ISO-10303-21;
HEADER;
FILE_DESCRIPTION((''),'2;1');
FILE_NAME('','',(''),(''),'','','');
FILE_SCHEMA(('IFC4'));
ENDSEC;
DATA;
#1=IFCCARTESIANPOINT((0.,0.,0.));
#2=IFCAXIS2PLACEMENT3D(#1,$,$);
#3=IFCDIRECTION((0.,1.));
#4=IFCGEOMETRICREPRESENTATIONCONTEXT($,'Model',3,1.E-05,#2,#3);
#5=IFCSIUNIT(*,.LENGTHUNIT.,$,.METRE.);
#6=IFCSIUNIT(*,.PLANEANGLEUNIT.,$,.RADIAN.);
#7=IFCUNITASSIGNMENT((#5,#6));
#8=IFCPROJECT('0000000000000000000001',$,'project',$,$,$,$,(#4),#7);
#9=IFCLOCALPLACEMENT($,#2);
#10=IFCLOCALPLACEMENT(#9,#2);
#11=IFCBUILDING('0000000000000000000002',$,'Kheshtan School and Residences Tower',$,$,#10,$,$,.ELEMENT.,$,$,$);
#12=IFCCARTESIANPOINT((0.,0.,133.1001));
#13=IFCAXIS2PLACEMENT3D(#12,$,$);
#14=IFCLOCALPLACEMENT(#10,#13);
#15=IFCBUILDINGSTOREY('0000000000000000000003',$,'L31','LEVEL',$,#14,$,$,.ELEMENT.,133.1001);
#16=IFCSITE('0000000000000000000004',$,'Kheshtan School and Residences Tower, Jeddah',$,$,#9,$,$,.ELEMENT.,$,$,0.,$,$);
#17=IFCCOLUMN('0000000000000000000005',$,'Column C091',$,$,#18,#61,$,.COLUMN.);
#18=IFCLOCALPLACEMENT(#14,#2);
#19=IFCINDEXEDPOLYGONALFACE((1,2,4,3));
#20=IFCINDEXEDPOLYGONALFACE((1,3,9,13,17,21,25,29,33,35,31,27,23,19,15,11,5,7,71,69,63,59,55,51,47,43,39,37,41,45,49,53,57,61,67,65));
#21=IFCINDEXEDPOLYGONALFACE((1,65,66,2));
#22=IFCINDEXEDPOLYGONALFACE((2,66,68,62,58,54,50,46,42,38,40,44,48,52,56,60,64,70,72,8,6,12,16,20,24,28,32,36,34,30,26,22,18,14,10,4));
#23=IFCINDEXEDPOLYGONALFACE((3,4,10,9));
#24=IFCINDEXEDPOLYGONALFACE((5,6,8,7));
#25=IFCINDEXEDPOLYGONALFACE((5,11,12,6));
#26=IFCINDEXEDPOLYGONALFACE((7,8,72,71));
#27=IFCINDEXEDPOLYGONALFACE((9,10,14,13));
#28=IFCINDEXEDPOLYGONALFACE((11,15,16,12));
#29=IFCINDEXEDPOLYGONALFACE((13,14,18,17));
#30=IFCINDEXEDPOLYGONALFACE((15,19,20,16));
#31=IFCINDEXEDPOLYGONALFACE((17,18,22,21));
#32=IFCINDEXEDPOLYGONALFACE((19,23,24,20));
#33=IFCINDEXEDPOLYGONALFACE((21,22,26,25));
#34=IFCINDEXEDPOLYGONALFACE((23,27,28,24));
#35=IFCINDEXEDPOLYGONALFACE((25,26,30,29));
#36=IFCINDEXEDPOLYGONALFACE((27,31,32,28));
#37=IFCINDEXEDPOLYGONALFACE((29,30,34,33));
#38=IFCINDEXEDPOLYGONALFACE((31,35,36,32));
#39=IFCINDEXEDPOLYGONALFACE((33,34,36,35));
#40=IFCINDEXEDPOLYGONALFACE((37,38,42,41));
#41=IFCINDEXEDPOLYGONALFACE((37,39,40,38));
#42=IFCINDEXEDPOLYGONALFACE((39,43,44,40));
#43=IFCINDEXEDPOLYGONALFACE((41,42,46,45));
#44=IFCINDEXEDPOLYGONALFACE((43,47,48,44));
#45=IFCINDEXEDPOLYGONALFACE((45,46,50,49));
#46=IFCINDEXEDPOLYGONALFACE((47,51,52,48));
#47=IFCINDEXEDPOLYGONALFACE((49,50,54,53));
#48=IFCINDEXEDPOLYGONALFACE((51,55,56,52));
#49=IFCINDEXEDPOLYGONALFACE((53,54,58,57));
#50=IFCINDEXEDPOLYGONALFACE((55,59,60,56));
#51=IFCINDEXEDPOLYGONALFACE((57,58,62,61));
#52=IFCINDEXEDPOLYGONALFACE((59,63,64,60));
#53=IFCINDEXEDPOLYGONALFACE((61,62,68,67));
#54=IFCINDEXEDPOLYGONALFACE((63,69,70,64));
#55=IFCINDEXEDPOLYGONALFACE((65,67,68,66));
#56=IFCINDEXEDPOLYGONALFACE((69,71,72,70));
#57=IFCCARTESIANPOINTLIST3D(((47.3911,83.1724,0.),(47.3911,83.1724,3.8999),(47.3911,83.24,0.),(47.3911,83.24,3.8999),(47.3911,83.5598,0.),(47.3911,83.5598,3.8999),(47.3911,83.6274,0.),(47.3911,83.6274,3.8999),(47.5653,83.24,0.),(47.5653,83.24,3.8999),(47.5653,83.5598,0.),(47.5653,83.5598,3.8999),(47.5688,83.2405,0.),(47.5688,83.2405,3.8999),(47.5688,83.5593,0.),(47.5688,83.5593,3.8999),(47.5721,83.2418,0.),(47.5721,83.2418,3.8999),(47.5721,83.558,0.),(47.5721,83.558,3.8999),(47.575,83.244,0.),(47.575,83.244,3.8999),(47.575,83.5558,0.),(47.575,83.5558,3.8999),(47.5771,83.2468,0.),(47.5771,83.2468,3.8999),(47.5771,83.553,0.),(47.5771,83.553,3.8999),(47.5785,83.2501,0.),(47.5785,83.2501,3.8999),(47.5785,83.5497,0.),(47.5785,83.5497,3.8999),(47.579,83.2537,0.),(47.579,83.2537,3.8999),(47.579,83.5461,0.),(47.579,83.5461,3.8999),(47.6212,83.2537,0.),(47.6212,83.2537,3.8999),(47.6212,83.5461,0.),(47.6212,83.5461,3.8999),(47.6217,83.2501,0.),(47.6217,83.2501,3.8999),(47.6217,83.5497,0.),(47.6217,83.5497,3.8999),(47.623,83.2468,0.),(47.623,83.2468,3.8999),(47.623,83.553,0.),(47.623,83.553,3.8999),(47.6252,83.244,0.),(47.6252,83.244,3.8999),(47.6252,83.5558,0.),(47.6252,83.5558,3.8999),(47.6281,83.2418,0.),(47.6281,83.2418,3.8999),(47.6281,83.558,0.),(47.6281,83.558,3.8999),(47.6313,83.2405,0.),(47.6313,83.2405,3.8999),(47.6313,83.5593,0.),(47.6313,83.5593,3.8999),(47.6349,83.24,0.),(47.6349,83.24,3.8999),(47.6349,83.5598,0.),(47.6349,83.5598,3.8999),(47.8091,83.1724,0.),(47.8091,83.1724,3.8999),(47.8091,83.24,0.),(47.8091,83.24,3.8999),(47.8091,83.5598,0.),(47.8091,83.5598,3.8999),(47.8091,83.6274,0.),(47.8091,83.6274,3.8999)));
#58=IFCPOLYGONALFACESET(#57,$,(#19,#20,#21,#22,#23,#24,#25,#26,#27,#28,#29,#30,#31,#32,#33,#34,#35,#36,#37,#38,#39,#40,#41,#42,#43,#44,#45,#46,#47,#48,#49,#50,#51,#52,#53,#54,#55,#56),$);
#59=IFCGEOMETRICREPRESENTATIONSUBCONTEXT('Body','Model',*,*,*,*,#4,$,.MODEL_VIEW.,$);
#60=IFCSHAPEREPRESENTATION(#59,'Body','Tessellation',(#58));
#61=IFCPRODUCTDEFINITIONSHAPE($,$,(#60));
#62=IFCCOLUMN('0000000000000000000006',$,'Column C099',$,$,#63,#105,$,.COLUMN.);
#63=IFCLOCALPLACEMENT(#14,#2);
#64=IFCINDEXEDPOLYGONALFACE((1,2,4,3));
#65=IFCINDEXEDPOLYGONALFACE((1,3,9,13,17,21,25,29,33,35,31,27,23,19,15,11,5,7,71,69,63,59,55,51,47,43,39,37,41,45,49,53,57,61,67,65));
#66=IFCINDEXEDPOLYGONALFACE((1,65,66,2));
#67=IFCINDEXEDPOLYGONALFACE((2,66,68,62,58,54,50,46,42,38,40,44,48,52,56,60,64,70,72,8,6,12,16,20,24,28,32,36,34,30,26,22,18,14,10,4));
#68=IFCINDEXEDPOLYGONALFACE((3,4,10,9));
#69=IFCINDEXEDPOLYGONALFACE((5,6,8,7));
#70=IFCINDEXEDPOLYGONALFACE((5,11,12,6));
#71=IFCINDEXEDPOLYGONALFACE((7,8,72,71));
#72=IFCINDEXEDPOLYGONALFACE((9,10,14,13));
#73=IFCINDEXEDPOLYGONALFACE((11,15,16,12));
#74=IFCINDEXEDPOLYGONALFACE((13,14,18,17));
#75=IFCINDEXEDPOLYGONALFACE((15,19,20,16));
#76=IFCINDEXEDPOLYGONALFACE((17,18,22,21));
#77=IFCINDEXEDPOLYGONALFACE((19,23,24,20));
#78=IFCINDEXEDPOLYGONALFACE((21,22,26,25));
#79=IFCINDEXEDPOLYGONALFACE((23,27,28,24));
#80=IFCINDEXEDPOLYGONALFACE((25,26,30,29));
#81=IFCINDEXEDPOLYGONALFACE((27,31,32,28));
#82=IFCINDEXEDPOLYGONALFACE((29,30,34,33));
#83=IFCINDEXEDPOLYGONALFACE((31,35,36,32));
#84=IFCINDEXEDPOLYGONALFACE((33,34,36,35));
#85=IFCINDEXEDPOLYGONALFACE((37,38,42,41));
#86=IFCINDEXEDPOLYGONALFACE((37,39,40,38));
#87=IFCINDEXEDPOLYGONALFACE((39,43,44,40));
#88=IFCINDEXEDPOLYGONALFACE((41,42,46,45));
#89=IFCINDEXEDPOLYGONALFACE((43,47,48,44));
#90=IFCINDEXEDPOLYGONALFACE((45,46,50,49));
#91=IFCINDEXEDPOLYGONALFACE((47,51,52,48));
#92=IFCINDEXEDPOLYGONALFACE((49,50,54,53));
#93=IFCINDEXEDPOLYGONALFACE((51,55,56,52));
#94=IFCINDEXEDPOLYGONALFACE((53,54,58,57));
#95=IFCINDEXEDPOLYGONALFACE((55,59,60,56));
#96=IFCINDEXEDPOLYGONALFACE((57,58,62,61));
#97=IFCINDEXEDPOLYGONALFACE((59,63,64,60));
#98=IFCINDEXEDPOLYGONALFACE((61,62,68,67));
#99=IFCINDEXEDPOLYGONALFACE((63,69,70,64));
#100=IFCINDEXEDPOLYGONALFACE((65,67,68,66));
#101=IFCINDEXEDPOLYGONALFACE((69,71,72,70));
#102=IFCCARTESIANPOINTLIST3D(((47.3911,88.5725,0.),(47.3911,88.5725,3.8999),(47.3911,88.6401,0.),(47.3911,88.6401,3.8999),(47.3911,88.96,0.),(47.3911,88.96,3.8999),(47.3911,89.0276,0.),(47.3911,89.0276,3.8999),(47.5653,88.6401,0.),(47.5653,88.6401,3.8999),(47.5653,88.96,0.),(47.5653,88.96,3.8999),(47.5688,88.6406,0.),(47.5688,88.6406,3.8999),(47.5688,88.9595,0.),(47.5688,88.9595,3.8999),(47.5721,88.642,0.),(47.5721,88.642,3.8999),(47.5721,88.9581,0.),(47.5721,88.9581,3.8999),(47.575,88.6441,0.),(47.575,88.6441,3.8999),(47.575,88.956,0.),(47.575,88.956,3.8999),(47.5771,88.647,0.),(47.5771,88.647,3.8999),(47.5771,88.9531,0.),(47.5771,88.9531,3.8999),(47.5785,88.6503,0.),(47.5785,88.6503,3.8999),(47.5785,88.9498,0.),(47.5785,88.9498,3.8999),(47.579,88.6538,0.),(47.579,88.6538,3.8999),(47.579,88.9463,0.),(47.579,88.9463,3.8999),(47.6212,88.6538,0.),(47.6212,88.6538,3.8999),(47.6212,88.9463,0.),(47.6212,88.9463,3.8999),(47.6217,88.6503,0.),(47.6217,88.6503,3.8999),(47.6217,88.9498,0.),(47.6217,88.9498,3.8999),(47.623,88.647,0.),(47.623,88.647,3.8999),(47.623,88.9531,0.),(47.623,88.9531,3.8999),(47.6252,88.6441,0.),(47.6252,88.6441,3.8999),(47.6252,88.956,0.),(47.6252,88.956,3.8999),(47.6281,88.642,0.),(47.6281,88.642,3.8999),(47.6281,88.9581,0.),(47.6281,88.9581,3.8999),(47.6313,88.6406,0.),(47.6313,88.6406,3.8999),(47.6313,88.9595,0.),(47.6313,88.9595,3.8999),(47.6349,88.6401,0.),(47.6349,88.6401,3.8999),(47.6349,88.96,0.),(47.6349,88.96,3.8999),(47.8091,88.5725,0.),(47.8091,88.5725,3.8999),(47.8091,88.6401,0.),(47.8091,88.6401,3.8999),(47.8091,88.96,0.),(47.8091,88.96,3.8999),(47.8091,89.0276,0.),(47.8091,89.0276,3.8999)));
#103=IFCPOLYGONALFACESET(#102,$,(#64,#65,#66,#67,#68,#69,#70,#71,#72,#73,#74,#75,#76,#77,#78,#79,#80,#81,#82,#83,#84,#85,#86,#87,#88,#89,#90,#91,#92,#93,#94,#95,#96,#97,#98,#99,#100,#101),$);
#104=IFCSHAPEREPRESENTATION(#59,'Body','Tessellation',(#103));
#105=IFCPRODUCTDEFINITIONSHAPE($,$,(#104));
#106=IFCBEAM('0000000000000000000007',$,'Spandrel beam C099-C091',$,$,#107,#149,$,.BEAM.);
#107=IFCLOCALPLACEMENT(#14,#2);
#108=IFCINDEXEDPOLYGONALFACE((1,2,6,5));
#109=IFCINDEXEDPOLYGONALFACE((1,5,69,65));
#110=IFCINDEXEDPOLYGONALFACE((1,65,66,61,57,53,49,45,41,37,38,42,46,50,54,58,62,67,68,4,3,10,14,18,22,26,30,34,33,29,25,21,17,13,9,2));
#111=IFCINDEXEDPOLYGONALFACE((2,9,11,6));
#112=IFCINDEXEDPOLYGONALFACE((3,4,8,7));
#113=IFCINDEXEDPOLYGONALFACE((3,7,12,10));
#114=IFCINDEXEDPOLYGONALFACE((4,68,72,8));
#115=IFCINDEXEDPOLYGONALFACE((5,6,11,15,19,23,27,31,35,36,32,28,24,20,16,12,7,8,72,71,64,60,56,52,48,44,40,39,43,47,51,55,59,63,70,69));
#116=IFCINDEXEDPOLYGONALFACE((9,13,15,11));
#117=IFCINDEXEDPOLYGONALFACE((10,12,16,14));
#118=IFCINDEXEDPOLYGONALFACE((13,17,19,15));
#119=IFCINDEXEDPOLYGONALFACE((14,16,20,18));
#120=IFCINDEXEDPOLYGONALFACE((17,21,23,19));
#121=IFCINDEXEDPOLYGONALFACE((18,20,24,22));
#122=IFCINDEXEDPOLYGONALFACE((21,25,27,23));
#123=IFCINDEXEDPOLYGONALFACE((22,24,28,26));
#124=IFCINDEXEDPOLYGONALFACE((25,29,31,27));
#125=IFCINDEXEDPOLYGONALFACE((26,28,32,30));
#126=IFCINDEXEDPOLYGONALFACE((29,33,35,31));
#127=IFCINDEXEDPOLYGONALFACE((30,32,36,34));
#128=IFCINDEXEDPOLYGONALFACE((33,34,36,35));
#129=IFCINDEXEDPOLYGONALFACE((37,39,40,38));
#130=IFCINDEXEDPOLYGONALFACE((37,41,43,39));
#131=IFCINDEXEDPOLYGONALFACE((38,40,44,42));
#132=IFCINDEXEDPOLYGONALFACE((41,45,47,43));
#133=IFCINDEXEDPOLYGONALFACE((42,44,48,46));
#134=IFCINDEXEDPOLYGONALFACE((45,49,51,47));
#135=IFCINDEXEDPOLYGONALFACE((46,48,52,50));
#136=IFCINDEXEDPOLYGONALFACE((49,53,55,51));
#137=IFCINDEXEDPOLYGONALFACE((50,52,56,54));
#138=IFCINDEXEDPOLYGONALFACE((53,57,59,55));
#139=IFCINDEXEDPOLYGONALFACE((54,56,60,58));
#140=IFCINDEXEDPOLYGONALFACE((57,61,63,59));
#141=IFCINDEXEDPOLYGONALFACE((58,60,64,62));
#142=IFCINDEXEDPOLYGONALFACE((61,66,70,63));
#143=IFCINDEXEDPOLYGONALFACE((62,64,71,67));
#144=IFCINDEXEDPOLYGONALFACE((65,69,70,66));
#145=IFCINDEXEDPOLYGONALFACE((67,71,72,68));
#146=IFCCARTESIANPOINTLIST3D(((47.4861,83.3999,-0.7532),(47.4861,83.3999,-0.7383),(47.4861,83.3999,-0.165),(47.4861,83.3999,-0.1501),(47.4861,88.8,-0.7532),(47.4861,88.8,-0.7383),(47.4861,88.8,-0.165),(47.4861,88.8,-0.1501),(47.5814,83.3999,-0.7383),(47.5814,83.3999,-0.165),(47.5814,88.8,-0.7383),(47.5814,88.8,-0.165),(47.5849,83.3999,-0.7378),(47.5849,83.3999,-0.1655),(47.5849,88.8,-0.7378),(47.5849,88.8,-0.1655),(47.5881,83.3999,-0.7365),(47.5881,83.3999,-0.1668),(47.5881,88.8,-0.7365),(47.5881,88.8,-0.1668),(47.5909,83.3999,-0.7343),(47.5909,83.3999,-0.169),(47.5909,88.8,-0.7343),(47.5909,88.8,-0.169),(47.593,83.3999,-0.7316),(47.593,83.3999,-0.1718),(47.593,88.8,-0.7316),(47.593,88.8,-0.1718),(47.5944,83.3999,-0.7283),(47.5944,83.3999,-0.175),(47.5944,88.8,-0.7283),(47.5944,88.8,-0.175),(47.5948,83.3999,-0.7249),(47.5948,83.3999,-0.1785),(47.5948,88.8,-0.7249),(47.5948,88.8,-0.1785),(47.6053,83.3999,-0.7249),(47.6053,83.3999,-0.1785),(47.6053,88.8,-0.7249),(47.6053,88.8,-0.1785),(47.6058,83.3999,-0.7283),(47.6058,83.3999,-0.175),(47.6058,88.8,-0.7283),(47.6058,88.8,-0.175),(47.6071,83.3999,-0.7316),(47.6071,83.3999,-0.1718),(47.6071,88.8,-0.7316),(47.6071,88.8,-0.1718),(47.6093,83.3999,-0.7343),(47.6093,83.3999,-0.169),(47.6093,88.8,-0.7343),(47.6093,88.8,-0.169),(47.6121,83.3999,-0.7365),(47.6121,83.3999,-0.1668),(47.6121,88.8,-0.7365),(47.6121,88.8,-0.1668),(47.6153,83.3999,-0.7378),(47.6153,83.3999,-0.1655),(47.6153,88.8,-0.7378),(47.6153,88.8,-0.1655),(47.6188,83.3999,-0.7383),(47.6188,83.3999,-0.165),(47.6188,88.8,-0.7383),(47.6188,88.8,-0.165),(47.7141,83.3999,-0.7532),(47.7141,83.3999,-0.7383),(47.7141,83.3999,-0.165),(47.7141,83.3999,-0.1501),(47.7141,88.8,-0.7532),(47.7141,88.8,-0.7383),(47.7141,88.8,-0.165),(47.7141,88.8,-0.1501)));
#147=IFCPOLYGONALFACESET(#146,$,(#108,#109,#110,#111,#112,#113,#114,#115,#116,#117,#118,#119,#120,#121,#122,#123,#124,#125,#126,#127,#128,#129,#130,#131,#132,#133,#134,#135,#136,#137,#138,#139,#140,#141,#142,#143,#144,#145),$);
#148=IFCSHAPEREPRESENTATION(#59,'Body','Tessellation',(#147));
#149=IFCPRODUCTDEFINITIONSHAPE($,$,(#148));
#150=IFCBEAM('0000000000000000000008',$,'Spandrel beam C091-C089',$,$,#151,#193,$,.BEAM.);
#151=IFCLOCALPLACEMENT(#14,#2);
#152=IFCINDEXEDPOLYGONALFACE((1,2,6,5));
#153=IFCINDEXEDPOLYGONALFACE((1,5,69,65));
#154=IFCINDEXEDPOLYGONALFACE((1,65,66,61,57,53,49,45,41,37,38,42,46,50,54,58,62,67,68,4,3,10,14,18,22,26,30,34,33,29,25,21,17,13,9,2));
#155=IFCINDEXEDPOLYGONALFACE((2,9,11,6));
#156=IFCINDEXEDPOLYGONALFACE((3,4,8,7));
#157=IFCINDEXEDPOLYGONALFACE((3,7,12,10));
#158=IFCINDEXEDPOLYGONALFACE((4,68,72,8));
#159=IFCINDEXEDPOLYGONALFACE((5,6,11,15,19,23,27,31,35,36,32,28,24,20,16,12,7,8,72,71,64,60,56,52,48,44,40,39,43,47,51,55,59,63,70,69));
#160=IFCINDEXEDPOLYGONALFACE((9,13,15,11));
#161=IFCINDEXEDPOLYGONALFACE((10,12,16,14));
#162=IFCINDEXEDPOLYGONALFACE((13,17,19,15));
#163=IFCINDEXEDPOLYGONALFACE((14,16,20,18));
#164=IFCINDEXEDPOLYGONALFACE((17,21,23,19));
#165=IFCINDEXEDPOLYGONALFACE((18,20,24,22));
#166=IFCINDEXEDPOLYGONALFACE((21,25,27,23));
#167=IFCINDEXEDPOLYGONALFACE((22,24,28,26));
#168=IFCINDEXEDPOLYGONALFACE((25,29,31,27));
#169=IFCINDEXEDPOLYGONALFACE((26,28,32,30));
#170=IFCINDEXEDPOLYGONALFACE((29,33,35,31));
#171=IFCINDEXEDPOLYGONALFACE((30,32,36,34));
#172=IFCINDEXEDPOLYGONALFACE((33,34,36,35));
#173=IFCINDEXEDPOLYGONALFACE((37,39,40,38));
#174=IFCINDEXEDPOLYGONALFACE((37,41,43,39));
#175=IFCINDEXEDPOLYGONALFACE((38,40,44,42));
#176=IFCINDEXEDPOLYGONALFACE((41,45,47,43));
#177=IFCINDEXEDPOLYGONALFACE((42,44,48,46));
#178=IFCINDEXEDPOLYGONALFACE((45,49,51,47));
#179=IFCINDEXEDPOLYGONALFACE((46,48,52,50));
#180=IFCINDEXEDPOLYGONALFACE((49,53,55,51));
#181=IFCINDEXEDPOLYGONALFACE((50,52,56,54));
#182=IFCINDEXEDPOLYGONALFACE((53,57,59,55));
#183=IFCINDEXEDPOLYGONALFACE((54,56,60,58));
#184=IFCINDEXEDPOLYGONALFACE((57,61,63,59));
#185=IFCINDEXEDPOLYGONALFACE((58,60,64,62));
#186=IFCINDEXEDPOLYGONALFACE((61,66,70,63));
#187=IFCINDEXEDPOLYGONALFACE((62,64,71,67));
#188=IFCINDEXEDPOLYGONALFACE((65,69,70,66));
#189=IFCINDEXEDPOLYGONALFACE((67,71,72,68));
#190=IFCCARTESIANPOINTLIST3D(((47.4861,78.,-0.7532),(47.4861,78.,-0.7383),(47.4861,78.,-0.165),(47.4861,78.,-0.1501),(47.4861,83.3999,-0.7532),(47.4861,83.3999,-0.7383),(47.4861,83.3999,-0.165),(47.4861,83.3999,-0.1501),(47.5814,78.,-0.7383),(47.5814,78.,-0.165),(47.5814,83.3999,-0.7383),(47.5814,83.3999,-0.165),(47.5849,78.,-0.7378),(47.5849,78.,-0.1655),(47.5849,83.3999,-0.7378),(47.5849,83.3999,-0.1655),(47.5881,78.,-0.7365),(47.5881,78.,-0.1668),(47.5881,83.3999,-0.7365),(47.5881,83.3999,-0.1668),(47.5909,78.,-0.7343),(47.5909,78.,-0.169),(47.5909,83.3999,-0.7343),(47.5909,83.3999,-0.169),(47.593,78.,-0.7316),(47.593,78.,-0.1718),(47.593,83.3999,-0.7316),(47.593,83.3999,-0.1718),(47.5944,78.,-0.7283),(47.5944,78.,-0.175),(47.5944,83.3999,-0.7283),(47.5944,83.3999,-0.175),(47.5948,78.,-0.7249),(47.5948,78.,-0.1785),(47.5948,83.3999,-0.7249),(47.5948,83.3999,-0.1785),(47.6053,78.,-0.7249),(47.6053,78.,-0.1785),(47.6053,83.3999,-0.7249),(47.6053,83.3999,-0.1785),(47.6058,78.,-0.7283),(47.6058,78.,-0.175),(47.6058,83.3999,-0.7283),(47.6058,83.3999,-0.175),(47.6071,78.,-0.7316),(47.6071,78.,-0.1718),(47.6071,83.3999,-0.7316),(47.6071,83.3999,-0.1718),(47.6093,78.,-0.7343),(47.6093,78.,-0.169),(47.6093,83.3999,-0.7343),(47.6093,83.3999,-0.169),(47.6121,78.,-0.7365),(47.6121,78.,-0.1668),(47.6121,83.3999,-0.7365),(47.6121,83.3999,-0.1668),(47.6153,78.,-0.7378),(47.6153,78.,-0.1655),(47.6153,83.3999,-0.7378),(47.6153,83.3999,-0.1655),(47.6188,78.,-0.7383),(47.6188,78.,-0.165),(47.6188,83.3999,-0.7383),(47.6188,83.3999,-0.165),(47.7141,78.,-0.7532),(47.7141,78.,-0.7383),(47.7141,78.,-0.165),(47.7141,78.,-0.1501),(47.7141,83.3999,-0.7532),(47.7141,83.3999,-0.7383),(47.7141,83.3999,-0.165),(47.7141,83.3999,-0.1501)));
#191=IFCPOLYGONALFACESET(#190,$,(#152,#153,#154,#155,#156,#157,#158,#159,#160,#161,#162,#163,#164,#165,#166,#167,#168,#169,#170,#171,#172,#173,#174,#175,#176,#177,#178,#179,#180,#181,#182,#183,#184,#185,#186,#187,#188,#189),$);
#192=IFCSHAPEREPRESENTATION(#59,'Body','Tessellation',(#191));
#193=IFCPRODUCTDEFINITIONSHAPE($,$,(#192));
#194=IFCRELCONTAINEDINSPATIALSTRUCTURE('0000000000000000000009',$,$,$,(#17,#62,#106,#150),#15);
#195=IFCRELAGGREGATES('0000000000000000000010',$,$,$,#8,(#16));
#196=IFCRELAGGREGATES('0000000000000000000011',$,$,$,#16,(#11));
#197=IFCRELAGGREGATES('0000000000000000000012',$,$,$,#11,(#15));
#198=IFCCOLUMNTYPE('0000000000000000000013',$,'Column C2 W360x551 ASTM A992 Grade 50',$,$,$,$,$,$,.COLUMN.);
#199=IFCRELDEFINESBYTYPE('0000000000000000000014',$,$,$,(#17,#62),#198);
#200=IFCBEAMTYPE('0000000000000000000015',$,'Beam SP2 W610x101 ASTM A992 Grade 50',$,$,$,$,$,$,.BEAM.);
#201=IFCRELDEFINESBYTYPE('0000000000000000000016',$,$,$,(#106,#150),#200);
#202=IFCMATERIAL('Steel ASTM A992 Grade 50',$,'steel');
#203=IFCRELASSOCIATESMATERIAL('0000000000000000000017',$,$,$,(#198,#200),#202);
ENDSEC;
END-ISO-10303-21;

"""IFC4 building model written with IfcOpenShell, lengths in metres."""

from ifc_helpers import new_model, si_unit, direction, frame, origin, origin_2d, place, context, subcontext, project, spatial, i_section, extrude, material, material_profile, profile_set, type_object, element, save


model = new_model("IFC4")

# Units and contexts
model_context = context("Model", 3, precision=1e-05, world=origin(), true_north=direction((0.0, 1.0)))
body_context = subcontext(model_context, "Body", "Model", "MODEL_VIEW")
ifc_project = project(units=[si_unit("LENGTHUNIT", "METRE"), si_unit("PLANEANGLEUNIT", "RADIAN")], contexts=[model_context])

# Site, building, storey
site_placement = place(None, origin())
site = spatial("IfcSite", under=ifc_project, at=site_placement, Name="Kheshtan School and Residences Tower, Jeddah", CompositionType="ELEMENT", RefElevation=0.0)
building_placement = place(site_placement, origin())
building = spatial("IfcBuilding", under=site, at=building_placement, Name="Kheshtan School and Residences Tower", CompositionType="ELEMENT")
storey_placement = place(building_placement, frame((0.0, 0.0, 133.1001)))
storey = spatial("IfcBuildingStorey", under=building, at=storey_placement, Name="L31", Description="LEVEL", CompositionType="ELEMENT", Elevation=133.1001)

# Columns
ifc_material_1 = material(Name="Steel ASTM A992 Grade 50", Category="steel")
ifc_material_profile_1 = material_profile(ifc_material_1, i_section(OverallWidth=0.418, OverallDepth=0.4551, WebThickness=0.0422, FlangeThickness=0.0676, FilletRadius=0.0137, at=origin_2d()), Name="W360x551")
ifc_profile_set_1 = profile_set([ifc_material_profile_1], Name="Steel ASTM A992 Grade 50")
column_type = type_object("IfcColumnType", Name="Column C2 W360x551 ASTM A992 Grade 50", PredefinedType="COLUMN", material=ifc_profile_set_1)
for number, where, z_axis, x_axis, name in (
    (1, (47.6001, 83.3999, 0.0), (0.0, 0.0, 1.0), (1.0, 0.0, 0.0), "Column C091"),
    (2, (47.6001, 88.8, 0.0), (0.0, 0.0, 1.0), (1.0, 0.0, 0.0), "Column C099"),
):
    element("IfcColumn", number, at=place(storey_placement, frame(where, z_axis=z_axis, x_axis=x_axis)), inside=storey, type_object=column_type, Name=name, PredefinedType="COLUMN", context=body_context, shape_type="SweptSolid", body=[
        extrude(i_section(OverallWidth=0.418, OverallDepth=0.4551, WebThickness=0.0422, FlangeThickness=0.0676, FilletRadius=0.0137, at=origin_2d()), origin(), (0.0, 0.0, 1.0), 3.8999),
    ])

# Beams
ifc_material_profile_2 = material_profile(ifc_material_1, i_section(OverallWidth=0.228, OverallDepth=0.603, WebThickness=0.0105, FlangeThickness=0.0149, FilletRadius=0.0134, at=origin_2d()), Name="W610x101")
ifc_profile_set_2 = profile_set([ifc_material_profile_2], Name="Steel ASTM A992 Grade 50")
beam_type = type_object("IfcBeamType", Name="Beam SP2 W610x101 ASTM A992 Grade 50", PredefinedType="BEAM", material=ifc_profile_set_2)
beam_1_placement = place(storey_placement, frame((47.6001, 88.8, -0.4517), z_axis=(0.0, -1.0, 0.0), x_axis=(1.0, 0.0, 0.0)))
element("IfcBeam", 3, at=beam_1_placement, inside=storey, type_object=beam_type, Name="Spandrel beam C099-C091", PredefinedType="BEAM", context=body_context, shape_type="SweptSolid", body=[
    extrude(i_section(OverallWidth=0.228, OverallDepth=0.603, WebThickness=0.0105, FlangeThickness=0.0149, FilletRadius=0.0134, at=origin_2d()), origin(), (0.0, 0.0, 1.0), 5.4001),
])
beam_2_placement = place(storey_placement, frame((47.6001, 83.3999, -0.4517), z_axis=(0.0, -1.0, 0.0), x_axis=(1.0, 0.0, 0.0)))
element("IfcBeam", 4, at=beam_2_placement, inside=storey, type_object=beam_type, Name="Spandrel beam C091-C089", PredefinedType="BEAM", context=body_context, shape_type="SweptSolid", body=[
    extrude(i_section(OverallWidth=0.228, OverallDepth=0.603, WebThickness=0.0105, FlangeThickness=0.0149, FilletRadius=0.0134, at=origin_2d()), origin(), (0.0, 0.0, 1.0), 5.3999),
])

save(model, "model.ifc")
